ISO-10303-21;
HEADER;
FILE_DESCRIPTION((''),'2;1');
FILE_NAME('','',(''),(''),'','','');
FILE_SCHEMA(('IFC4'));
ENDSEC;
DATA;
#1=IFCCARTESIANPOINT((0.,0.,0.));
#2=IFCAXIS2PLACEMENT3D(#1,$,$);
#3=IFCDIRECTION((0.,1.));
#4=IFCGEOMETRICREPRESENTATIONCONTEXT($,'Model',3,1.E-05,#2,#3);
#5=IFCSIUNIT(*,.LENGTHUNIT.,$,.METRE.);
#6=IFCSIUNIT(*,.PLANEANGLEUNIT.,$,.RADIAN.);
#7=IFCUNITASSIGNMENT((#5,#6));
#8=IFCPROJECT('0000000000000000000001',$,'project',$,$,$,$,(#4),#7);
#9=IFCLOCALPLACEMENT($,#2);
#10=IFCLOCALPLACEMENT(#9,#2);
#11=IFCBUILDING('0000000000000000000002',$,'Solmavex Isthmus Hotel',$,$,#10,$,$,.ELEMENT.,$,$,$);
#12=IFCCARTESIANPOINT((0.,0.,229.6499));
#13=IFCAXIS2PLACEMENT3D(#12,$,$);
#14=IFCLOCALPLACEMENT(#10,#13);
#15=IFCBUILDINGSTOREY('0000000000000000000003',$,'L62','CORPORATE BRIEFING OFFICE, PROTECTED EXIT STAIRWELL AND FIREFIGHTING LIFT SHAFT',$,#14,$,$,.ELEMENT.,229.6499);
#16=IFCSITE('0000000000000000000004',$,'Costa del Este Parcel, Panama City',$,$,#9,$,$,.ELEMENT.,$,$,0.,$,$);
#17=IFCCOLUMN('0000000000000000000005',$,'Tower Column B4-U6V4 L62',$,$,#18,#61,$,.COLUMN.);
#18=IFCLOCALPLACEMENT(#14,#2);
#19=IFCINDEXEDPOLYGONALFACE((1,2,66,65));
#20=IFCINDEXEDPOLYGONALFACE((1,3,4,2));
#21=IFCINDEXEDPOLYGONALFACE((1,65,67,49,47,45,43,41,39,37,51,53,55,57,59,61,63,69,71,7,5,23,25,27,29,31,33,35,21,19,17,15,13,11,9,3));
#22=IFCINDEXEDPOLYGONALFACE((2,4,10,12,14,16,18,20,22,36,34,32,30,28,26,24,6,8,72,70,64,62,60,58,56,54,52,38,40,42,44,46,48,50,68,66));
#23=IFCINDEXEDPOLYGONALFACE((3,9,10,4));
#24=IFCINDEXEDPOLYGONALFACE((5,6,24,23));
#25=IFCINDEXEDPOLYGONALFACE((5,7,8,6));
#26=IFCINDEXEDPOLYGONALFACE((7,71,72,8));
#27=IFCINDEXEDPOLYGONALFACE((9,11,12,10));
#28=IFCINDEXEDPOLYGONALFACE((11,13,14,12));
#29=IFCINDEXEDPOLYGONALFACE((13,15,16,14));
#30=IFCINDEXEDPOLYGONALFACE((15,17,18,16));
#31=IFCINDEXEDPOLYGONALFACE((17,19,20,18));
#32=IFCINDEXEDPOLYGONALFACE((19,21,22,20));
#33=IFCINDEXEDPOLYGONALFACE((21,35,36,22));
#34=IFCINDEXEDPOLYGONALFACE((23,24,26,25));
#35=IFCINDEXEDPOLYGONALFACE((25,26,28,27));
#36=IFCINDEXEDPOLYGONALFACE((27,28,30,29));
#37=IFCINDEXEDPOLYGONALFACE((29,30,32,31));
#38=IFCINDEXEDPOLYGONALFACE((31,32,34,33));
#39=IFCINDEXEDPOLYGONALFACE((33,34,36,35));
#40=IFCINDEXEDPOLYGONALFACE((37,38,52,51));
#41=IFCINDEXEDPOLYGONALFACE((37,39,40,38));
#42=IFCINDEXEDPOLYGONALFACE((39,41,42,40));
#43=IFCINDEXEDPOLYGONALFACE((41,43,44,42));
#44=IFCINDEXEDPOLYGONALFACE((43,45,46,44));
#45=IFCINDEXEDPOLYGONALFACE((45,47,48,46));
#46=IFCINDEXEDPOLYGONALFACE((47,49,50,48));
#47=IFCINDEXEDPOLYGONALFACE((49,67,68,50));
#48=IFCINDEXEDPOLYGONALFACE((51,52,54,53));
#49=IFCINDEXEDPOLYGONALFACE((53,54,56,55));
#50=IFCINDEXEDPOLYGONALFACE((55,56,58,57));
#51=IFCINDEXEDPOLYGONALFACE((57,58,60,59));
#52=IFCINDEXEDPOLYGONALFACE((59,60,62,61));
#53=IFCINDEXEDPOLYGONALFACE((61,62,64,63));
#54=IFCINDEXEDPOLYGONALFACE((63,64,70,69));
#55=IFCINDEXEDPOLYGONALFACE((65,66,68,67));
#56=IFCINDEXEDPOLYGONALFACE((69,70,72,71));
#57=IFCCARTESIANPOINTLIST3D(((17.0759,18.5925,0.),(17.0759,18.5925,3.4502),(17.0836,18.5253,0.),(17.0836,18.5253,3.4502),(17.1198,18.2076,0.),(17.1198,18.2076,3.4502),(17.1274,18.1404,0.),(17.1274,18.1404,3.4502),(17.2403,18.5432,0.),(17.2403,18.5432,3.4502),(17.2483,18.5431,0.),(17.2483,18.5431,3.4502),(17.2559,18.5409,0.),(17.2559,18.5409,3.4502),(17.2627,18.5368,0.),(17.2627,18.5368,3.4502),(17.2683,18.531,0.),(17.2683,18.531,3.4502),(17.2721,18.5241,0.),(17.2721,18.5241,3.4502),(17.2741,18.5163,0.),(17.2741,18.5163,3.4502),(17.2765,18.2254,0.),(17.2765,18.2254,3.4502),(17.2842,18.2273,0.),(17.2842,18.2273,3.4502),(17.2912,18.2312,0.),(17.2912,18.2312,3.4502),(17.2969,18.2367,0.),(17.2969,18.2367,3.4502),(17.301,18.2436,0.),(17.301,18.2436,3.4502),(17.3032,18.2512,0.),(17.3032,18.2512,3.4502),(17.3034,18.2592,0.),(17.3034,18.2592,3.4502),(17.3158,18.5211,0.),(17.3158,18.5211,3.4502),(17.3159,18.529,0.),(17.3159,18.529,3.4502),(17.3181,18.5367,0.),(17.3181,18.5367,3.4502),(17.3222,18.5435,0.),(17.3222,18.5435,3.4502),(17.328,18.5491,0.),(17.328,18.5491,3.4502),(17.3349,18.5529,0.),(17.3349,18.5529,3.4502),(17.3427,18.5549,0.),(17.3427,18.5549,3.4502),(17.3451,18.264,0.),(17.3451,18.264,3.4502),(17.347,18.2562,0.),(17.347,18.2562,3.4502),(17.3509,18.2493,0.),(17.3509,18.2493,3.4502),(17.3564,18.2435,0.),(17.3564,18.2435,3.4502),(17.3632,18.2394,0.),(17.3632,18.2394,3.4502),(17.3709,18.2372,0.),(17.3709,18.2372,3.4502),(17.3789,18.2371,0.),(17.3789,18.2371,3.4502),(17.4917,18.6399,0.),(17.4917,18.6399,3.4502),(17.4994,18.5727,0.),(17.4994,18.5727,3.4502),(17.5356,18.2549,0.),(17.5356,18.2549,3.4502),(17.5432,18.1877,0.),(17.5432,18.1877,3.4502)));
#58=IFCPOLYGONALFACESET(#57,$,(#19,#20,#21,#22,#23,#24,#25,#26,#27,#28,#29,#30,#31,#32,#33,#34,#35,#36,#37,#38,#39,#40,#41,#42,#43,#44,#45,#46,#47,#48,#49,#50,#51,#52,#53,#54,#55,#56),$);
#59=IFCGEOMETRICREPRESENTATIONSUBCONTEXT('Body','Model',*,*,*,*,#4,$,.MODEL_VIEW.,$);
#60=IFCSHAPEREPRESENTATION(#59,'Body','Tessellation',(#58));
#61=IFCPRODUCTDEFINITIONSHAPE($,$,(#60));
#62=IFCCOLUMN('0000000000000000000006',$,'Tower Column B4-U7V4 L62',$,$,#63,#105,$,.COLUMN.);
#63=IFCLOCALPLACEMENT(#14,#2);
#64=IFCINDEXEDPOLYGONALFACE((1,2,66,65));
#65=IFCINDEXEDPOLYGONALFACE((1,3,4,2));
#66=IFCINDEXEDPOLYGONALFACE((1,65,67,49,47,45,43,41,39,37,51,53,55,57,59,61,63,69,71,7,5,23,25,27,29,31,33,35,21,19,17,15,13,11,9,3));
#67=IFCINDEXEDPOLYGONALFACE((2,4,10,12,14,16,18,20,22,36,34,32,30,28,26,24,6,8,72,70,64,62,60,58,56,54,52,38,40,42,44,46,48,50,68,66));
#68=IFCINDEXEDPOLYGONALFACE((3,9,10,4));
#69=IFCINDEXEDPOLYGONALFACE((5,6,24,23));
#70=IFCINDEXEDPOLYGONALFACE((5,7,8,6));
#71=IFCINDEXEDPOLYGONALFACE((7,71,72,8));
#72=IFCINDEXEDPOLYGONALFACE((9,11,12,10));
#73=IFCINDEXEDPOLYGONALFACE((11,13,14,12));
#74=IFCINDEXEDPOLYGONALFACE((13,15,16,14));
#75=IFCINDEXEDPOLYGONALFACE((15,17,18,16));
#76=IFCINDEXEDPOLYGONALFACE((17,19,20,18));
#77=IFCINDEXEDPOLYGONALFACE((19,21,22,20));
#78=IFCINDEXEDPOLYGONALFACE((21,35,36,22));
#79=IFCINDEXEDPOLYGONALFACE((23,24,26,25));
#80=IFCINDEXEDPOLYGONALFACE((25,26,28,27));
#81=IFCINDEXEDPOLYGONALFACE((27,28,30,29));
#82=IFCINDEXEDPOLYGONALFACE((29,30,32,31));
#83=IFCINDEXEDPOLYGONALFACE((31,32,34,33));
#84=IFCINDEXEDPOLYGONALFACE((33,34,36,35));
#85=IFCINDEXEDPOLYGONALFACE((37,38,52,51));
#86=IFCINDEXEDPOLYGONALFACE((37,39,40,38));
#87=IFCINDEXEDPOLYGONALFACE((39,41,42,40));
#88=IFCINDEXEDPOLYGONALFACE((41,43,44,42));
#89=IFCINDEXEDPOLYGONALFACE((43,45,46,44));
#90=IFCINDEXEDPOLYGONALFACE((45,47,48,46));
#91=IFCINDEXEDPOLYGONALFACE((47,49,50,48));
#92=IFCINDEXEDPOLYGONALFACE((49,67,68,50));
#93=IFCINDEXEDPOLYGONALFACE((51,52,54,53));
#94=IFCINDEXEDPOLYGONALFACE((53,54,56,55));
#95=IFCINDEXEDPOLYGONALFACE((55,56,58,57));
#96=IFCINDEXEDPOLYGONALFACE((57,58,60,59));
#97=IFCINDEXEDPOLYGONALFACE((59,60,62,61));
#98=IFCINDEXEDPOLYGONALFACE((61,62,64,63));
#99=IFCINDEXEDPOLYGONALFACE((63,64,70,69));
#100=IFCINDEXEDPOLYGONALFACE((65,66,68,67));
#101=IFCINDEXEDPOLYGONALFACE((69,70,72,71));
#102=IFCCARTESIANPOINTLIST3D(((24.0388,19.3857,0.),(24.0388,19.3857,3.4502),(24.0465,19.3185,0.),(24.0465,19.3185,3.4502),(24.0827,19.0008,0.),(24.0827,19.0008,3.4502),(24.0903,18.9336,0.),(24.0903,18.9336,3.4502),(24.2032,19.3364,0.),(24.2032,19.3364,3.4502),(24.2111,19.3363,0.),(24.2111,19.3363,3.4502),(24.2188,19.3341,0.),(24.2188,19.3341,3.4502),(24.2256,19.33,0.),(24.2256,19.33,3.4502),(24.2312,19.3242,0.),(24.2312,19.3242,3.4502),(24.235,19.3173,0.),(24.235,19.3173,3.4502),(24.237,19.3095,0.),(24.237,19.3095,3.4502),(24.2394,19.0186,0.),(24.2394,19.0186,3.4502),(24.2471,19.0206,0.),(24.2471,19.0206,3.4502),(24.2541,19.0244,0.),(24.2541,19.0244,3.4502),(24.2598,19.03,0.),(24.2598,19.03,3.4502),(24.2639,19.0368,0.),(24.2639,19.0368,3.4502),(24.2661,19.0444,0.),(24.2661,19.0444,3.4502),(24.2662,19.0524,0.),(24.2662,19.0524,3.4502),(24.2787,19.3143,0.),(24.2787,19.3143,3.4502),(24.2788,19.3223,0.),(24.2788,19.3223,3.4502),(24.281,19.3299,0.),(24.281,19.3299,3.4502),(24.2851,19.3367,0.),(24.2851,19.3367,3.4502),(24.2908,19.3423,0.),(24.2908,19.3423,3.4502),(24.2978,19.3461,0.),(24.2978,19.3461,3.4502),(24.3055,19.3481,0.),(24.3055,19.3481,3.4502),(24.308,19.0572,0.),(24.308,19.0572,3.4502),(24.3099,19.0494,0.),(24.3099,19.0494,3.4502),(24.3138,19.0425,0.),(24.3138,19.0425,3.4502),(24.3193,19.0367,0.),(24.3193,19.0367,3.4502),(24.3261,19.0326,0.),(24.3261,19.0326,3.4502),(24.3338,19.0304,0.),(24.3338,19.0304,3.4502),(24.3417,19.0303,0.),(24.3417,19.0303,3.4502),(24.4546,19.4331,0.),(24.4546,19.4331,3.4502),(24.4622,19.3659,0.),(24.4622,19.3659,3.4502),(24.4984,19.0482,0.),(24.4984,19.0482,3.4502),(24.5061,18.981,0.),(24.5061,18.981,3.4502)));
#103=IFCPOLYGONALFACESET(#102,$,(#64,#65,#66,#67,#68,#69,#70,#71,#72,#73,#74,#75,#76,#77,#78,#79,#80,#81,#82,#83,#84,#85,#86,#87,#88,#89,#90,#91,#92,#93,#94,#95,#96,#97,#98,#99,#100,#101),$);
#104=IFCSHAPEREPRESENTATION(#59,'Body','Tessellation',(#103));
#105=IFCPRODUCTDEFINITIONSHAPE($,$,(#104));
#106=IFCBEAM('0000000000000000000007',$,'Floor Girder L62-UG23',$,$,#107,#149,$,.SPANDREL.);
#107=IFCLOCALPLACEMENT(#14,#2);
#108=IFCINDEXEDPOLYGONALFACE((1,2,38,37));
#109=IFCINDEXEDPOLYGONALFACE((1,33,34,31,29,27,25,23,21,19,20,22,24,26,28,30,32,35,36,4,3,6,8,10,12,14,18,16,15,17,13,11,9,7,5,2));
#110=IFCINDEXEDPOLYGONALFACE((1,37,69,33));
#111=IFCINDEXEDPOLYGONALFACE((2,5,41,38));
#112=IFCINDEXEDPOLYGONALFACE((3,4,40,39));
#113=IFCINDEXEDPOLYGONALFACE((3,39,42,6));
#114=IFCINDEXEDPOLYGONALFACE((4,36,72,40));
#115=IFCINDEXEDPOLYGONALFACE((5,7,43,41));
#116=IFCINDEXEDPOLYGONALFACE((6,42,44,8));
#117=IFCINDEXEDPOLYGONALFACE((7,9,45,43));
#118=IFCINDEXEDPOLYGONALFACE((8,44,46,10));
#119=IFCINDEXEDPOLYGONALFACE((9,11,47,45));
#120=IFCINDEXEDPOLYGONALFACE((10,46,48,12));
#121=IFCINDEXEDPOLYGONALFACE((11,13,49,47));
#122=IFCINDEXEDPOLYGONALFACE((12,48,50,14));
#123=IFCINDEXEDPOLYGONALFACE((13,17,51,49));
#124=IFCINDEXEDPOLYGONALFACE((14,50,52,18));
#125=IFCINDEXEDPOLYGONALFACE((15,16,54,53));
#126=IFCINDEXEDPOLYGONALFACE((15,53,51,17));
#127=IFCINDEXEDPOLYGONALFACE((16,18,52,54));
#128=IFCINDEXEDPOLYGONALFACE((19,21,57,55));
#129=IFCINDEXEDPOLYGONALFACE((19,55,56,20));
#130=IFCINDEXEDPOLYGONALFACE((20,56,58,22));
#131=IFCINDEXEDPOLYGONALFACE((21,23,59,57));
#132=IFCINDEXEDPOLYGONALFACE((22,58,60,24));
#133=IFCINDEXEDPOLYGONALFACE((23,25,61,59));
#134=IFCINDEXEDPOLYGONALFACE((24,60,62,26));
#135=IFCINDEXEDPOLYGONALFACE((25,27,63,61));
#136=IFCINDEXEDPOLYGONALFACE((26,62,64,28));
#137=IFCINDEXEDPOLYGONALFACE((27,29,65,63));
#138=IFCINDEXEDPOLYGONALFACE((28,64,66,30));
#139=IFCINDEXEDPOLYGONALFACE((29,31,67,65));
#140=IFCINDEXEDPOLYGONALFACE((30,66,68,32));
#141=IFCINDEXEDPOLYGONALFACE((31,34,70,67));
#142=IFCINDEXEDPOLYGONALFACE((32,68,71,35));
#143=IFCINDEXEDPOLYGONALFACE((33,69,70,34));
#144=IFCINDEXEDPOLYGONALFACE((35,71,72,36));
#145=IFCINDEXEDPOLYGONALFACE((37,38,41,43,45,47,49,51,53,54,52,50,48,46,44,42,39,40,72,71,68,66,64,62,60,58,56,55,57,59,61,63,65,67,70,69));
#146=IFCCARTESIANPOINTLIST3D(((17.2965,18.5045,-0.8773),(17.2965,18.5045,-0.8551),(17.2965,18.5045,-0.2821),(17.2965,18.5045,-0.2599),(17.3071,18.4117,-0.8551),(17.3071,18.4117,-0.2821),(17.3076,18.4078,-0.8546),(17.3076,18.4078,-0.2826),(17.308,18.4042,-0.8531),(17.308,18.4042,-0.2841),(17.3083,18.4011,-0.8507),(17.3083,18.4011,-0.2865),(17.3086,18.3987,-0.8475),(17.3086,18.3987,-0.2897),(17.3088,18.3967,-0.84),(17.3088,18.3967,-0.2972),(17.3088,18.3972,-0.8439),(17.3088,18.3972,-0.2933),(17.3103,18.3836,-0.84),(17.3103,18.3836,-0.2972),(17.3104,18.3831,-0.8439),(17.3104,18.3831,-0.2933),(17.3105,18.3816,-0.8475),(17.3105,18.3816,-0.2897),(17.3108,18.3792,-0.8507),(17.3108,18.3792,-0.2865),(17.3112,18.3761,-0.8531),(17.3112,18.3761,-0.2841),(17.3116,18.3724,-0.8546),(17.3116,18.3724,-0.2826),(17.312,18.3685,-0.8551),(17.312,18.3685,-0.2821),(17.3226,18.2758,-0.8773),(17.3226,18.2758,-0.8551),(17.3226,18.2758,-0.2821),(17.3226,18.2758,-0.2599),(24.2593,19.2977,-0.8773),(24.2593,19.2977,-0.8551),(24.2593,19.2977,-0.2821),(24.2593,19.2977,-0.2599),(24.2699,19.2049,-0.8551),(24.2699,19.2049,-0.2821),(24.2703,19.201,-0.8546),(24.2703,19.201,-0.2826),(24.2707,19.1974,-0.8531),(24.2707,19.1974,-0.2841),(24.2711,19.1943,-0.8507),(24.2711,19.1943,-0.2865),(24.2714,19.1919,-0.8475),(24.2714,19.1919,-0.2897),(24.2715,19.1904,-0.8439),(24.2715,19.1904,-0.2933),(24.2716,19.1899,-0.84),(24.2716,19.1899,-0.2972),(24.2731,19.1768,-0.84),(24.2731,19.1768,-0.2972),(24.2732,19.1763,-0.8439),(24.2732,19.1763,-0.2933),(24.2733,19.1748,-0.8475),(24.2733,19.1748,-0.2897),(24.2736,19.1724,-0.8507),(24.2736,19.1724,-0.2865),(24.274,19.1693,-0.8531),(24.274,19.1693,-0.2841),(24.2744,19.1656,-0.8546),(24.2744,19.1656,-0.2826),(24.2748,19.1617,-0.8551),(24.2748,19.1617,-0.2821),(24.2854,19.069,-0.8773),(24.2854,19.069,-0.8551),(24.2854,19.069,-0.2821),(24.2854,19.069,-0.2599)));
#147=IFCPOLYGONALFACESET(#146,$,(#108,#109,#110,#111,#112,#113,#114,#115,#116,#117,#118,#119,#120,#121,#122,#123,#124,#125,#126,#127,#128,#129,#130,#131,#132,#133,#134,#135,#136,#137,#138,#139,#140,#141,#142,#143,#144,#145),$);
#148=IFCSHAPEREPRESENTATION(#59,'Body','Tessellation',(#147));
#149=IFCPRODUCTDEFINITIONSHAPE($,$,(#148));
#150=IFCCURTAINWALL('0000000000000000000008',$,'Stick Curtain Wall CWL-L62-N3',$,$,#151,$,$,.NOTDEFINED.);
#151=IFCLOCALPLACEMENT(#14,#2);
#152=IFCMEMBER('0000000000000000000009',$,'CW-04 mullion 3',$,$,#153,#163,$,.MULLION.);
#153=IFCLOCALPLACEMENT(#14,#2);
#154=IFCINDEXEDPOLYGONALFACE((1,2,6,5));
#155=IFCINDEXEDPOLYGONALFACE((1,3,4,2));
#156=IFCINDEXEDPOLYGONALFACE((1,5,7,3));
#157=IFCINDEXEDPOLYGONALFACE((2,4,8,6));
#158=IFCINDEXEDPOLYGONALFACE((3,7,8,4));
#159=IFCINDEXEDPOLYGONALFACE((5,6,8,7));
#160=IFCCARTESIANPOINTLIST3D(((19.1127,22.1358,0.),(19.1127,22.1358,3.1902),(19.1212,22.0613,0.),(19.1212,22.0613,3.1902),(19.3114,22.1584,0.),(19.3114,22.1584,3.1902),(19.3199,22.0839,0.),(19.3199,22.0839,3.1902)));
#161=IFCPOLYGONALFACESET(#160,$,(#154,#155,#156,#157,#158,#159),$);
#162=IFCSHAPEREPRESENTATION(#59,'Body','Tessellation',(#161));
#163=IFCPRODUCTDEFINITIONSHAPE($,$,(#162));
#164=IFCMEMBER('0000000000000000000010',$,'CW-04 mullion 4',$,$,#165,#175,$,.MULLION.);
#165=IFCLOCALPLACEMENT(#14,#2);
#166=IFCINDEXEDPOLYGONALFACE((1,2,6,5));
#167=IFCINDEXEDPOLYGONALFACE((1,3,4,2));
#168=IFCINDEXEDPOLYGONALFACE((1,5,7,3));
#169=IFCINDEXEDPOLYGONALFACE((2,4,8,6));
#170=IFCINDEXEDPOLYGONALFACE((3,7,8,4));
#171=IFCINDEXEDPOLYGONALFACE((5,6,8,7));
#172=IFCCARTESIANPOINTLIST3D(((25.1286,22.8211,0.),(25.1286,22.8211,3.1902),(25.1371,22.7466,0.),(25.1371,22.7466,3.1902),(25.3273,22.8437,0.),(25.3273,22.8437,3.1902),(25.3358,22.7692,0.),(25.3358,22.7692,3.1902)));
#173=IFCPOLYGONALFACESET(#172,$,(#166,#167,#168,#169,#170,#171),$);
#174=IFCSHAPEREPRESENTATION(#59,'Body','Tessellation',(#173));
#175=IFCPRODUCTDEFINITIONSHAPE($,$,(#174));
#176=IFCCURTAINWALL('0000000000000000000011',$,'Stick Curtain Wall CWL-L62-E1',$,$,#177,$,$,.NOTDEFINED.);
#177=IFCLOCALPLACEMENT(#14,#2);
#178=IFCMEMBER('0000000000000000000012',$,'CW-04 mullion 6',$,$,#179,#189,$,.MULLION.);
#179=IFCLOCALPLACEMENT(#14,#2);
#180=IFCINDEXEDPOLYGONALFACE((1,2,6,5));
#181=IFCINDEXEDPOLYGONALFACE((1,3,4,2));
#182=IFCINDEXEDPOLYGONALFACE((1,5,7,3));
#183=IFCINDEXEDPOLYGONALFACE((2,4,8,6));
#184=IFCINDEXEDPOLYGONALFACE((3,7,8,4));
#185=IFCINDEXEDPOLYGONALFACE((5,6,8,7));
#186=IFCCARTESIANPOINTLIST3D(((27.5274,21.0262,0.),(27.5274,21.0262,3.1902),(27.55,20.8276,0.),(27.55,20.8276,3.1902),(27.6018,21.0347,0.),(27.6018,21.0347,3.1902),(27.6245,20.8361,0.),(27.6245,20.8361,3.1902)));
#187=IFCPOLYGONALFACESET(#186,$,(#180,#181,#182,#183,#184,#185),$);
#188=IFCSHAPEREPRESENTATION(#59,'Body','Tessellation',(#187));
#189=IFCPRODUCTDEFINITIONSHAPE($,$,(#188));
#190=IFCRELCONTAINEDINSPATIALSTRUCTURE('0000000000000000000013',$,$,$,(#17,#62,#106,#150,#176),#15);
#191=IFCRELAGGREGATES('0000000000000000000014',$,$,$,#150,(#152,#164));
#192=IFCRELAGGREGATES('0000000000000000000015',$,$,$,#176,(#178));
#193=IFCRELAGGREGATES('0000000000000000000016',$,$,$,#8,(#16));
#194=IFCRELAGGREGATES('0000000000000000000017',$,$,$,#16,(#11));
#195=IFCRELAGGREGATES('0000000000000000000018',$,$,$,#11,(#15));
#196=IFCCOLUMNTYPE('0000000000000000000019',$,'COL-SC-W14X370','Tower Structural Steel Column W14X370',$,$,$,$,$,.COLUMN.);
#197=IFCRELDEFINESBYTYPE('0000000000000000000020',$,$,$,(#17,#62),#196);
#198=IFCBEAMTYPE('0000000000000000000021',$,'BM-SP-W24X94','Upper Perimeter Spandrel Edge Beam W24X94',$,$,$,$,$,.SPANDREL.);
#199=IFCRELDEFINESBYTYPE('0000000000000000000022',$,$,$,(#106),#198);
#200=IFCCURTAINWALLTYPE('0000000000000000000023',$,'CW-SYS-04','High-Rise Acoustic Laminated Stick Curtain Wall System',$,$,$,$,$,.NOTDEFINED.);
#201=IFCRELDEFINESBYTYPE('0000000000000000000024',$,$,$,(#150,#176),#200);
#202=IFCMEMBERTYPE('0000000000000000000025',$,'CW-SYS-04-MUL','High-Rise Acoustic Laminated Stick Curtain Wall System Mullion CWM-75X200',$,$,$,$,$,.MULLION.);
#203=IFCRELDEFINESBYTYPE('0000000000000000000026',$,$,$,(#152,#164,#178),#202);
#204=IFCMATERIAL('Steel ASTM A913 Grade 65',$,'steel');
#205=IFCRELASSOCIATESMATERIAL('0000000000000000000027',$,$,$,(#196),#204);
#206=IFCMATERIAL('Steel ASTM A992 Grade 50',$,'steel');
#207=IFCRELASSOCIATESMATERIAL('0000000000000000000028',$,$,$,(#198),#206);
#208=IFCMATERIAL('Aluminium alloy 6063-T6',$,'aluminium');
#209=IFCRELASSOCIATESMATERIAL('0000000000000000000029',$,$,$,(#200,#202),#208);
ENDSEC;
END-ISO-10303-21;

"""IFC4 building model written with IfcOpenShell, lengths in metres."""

from ifc_helpers import new_model, si_unit, direction, frame, origin, origin_2d, place, context, subcontext, project, spatial, rectangle, i_section, extrude, material, material_profile, profile_set, type_object, element, aggregate, save


model = new_model("IFC4")

# Units and contexts
model_context = context("Model", 3, precision=1e-05, world=origin(), true_north=direction((0.0, 1.0)))
body_context = subcontext(model_context, "Body", "Model", "MODEL_VIEW")
ifc_project = project(units=[si_unit("LENGTHUNIT", "METRE"), si_unit("PLANEANGLEUNIT", "RADIAN")], contexts=[model_context])

# Site, building, storey
site_placement = place(None, origin())
site = spatial("IfcSite", under=ifc_project, at=site_placement, Name="Costa del Este Parcel, Panama City", CompositionType="ELEMENT", RefElevation=0.0)
building_placement = place(site_placement, origin())
building = spatial("IfcBuilding", under=site, at=building_placement, Name="Solmavex Isthmus Hotel", CompositionType="ELEMENT")
storey_placement = place(building_placement, frame((0.0, 0.0, 229.6499)))
storey = spatial("IfcBuildingStorey", under=building, at=storey_placement, Name="L62", Description="CORPORATE BRIEFING OFFICE, PROTECTED EXIT STAIRWELL AND FIREFIGHTING LIFT SHAFT", CompositionType="ELEMENT", Elevation=229.6499)

# Columns
ifc_material_1 = material(Name="Steel ASTM A913 Grade 65", Category="steel")
ifc_material_profile_1 = material_profile(ifc_material_1, i_section(OverallWidth=0.4185, OverallDepth=0.4551, WebThickness=0.042, FlangeThickness=0.0676, FilletRadius=0.0305, at=origin_2d()), Name="W14X370")
ifc_profile_set_1 = profile_set([ifc_material_profile_1], Name="Steel ASTM A913 Grade 65")
column_type = type_object("IfcColumnType", Name="COL-SC-W14X370", Description="Tower Structural Steel Column W14X370", PredefinedType="COLUMN", material=ifc_profile_set_1)
for number, where, z_axis, x_axis, name in (
    (1, (17.3096, 18.3901, 0.0), (0.0, 0.0, 1.0), (0.993572, 0.113203, 0.0), "Tower Column B4-U6V4 L62"),
    (2, (24.2725, 19.1833, 0.0), (0.0, 0.0, 1.0), (0.993572, 0.113203, 0.0), "Tower Column B4-U7V4 L62"),
):
    element("IfcColumn", number, at=place(storey_placement, frame(where, z_axis=z_axis, x_axis=x_axis)), inside=storey, type_object=column_type, Name=name, PredefinedType="COLUMN", context=body_context, shape_type="SweptSolid", body=[
        extrude(i_section(OverallWidth=0.4185, OverallDepth=0.4551, WebThickness=0.042, FlangeThickness=0.0676, FilletRadius=0.0305, at=origin_2d()), origin(), (0.0, 0.0, 1.0), 3.4502),
    ])

# Beam
ifc_material_2 = material(Name="Steel ASTM A992 Grade 50", Category="steel")
ifc_material_profile_2 = material_profile(ifc_material_2, i_section(OverallWidth=0.2302, OverallDepth=0.6174, WebThickness=0.0132, FlangeThickness=0.0222, FilletRadius=0.0151, at=origin_2d()), Name="W24X94")
ifc_profile_set_2 = profile_set([ifc_material_profile_2], Name="Steel ASTM A992 Grade 50")
beam_type = type_object("IfcBeamType", Name="BM-SP-W24X94", Description="Upper Perimeter Spandrel Edge Beam W24X94", PredefinedType="SPANDREL", material=ifc_profile_set_2)
beam_placement = place(storey_placement, frame((17.3096, 18.3901, -0.5686), z_axis=(0.993574, 0.113188, 0.0), x_axis=(-0.113188, 0.993574, 0.0)))
element("IfcBeam", 3, at=beam_placement, inside=storey, type_object=beam_type, Name="Floor Girder L62-UG23", PredefinedType="SPANDREL", context=body_context, shape_type="SweptSolid", body=[
    extrude(i_section(OverallWidth=0.2302, OverallDepth=0.6174, WebThickness=0.0132, FlangeThickness=0.0222, FilletRadius=0.0151, at=origin_2d()), origin(), (0.0, 0.0, 1.0), 7.0078),
])

# Curtain wall, members
ifc_material_3 = material(Name="Aluminium alloy 6063-T6", Category="aluminium")
curtain_wall_type = type_object("IfcCurtainWallType", Name="CW-SYS-04", Description="High-Rise Acoustic Laminated Stick Curtain Wall System", PredefinedType="NOTDEFINED", material=ifc_material_3)
curtain_wall_1_placement = place(storey_placement, origin())
curtain_wall_1 = element("IfcCurtainWall", 4, at=curtain_wall_1_placement, inside=storey, type_object=curtain_wall_type, Name="Stick Curtain Wall CWL-L62-N3", PredefinedType="NOTDEFINED")
ifc_material_profile_3 = material_profile(ifc_material_3, rectangle(XDim=0.075, YDim=0.2, at=origin_2d()), Name="CWM-75X200")
ifc_profile_set_3 = profile_set([ifc_material_profile_3], Name="Aluminium alloy 6063-T6")
member_type_1 = type_object("IfcMemberType", Name="CW-SYS-04-MUL", Description="High-Rise Acoustic Laminated Stick Curtain Wall System Mullion CWM-75X200", PredefinedType="MULLION", material=ifc_profile_set_3)
member_1_placement = place(storey_placement, frame((19.2163, 22.1099, 0.0), z_axis=(0.0, 0.0, 1.0), x_axis=(-0.113203, 0.993572, 0.0)))
member_1 = element("IfcMember", 5, at=member_1_placement, type_object=member_type_1, Name="CW-04 mullion 3", PredefinedType="MULLION", context=body_context, shape_type="SweptSolid", body=[
    extrude(rectangle(XDim=0.075, YDim=0.2, at=origin_2d()), origin(), (0.0, 0.0, 1.0), 3.1902),
])
member_2_placement = place(storey_placement, frame((25.2322, 22.7952, 0.0), z_axis=(0.0, 0.0, 1.0), x_axis=(-0.113203, 0.993572, 0.0)))
member_2 = element("IfcMember", 6, at=member_2_placement, type_object=member_type_1, Name="CW-04 mullion 4", PredefinedType="MULLION", context=body_context, shape_type="SweptSolid", body=[
    extrude(rectangle(XDim=0.075, YDim=0.2, at=origin_2d()), origin(), (0.0, 0.0, 1.0), 3.1902),
])

# Curtain wall, member
curtain_wall_2_placement = place(storey_placement, origin())
curtain_wall_2 = element("IfcCurtainWall", 7, at=curtain_wall_2_placement, inside=storey, type_object=curtain_wall_type, Name="Stick Curtain Wall CWL-L62-E1", PredefinedType="NOTDEFINED")
member_3_placement = place(storey_placement, frame((27.5759, 20.9312, 0.0), z_axis=(0.0, 0.0, 1.0), x_axis=(-0.993572, -0.113203, 0.0)))
member_3 = element("IfcMember", 8, at=member_3_placement, type_object=member_type_1, Name="CW-04 mullion 6", PredefinedType="MULLION", context=body_context, shape_type="SweptSolid", body=[
    extrude(rectangle(XDim=0.075, YDim=0.2, at=origin_2d()), origin(), (0.0, 0.0, 1.0), 3.1902),
])

aggregate(curtain_wall_1, [member_1, member_2])
aggregate(curtain_wall_2, [member_3])

save(model, "model.ifc")
